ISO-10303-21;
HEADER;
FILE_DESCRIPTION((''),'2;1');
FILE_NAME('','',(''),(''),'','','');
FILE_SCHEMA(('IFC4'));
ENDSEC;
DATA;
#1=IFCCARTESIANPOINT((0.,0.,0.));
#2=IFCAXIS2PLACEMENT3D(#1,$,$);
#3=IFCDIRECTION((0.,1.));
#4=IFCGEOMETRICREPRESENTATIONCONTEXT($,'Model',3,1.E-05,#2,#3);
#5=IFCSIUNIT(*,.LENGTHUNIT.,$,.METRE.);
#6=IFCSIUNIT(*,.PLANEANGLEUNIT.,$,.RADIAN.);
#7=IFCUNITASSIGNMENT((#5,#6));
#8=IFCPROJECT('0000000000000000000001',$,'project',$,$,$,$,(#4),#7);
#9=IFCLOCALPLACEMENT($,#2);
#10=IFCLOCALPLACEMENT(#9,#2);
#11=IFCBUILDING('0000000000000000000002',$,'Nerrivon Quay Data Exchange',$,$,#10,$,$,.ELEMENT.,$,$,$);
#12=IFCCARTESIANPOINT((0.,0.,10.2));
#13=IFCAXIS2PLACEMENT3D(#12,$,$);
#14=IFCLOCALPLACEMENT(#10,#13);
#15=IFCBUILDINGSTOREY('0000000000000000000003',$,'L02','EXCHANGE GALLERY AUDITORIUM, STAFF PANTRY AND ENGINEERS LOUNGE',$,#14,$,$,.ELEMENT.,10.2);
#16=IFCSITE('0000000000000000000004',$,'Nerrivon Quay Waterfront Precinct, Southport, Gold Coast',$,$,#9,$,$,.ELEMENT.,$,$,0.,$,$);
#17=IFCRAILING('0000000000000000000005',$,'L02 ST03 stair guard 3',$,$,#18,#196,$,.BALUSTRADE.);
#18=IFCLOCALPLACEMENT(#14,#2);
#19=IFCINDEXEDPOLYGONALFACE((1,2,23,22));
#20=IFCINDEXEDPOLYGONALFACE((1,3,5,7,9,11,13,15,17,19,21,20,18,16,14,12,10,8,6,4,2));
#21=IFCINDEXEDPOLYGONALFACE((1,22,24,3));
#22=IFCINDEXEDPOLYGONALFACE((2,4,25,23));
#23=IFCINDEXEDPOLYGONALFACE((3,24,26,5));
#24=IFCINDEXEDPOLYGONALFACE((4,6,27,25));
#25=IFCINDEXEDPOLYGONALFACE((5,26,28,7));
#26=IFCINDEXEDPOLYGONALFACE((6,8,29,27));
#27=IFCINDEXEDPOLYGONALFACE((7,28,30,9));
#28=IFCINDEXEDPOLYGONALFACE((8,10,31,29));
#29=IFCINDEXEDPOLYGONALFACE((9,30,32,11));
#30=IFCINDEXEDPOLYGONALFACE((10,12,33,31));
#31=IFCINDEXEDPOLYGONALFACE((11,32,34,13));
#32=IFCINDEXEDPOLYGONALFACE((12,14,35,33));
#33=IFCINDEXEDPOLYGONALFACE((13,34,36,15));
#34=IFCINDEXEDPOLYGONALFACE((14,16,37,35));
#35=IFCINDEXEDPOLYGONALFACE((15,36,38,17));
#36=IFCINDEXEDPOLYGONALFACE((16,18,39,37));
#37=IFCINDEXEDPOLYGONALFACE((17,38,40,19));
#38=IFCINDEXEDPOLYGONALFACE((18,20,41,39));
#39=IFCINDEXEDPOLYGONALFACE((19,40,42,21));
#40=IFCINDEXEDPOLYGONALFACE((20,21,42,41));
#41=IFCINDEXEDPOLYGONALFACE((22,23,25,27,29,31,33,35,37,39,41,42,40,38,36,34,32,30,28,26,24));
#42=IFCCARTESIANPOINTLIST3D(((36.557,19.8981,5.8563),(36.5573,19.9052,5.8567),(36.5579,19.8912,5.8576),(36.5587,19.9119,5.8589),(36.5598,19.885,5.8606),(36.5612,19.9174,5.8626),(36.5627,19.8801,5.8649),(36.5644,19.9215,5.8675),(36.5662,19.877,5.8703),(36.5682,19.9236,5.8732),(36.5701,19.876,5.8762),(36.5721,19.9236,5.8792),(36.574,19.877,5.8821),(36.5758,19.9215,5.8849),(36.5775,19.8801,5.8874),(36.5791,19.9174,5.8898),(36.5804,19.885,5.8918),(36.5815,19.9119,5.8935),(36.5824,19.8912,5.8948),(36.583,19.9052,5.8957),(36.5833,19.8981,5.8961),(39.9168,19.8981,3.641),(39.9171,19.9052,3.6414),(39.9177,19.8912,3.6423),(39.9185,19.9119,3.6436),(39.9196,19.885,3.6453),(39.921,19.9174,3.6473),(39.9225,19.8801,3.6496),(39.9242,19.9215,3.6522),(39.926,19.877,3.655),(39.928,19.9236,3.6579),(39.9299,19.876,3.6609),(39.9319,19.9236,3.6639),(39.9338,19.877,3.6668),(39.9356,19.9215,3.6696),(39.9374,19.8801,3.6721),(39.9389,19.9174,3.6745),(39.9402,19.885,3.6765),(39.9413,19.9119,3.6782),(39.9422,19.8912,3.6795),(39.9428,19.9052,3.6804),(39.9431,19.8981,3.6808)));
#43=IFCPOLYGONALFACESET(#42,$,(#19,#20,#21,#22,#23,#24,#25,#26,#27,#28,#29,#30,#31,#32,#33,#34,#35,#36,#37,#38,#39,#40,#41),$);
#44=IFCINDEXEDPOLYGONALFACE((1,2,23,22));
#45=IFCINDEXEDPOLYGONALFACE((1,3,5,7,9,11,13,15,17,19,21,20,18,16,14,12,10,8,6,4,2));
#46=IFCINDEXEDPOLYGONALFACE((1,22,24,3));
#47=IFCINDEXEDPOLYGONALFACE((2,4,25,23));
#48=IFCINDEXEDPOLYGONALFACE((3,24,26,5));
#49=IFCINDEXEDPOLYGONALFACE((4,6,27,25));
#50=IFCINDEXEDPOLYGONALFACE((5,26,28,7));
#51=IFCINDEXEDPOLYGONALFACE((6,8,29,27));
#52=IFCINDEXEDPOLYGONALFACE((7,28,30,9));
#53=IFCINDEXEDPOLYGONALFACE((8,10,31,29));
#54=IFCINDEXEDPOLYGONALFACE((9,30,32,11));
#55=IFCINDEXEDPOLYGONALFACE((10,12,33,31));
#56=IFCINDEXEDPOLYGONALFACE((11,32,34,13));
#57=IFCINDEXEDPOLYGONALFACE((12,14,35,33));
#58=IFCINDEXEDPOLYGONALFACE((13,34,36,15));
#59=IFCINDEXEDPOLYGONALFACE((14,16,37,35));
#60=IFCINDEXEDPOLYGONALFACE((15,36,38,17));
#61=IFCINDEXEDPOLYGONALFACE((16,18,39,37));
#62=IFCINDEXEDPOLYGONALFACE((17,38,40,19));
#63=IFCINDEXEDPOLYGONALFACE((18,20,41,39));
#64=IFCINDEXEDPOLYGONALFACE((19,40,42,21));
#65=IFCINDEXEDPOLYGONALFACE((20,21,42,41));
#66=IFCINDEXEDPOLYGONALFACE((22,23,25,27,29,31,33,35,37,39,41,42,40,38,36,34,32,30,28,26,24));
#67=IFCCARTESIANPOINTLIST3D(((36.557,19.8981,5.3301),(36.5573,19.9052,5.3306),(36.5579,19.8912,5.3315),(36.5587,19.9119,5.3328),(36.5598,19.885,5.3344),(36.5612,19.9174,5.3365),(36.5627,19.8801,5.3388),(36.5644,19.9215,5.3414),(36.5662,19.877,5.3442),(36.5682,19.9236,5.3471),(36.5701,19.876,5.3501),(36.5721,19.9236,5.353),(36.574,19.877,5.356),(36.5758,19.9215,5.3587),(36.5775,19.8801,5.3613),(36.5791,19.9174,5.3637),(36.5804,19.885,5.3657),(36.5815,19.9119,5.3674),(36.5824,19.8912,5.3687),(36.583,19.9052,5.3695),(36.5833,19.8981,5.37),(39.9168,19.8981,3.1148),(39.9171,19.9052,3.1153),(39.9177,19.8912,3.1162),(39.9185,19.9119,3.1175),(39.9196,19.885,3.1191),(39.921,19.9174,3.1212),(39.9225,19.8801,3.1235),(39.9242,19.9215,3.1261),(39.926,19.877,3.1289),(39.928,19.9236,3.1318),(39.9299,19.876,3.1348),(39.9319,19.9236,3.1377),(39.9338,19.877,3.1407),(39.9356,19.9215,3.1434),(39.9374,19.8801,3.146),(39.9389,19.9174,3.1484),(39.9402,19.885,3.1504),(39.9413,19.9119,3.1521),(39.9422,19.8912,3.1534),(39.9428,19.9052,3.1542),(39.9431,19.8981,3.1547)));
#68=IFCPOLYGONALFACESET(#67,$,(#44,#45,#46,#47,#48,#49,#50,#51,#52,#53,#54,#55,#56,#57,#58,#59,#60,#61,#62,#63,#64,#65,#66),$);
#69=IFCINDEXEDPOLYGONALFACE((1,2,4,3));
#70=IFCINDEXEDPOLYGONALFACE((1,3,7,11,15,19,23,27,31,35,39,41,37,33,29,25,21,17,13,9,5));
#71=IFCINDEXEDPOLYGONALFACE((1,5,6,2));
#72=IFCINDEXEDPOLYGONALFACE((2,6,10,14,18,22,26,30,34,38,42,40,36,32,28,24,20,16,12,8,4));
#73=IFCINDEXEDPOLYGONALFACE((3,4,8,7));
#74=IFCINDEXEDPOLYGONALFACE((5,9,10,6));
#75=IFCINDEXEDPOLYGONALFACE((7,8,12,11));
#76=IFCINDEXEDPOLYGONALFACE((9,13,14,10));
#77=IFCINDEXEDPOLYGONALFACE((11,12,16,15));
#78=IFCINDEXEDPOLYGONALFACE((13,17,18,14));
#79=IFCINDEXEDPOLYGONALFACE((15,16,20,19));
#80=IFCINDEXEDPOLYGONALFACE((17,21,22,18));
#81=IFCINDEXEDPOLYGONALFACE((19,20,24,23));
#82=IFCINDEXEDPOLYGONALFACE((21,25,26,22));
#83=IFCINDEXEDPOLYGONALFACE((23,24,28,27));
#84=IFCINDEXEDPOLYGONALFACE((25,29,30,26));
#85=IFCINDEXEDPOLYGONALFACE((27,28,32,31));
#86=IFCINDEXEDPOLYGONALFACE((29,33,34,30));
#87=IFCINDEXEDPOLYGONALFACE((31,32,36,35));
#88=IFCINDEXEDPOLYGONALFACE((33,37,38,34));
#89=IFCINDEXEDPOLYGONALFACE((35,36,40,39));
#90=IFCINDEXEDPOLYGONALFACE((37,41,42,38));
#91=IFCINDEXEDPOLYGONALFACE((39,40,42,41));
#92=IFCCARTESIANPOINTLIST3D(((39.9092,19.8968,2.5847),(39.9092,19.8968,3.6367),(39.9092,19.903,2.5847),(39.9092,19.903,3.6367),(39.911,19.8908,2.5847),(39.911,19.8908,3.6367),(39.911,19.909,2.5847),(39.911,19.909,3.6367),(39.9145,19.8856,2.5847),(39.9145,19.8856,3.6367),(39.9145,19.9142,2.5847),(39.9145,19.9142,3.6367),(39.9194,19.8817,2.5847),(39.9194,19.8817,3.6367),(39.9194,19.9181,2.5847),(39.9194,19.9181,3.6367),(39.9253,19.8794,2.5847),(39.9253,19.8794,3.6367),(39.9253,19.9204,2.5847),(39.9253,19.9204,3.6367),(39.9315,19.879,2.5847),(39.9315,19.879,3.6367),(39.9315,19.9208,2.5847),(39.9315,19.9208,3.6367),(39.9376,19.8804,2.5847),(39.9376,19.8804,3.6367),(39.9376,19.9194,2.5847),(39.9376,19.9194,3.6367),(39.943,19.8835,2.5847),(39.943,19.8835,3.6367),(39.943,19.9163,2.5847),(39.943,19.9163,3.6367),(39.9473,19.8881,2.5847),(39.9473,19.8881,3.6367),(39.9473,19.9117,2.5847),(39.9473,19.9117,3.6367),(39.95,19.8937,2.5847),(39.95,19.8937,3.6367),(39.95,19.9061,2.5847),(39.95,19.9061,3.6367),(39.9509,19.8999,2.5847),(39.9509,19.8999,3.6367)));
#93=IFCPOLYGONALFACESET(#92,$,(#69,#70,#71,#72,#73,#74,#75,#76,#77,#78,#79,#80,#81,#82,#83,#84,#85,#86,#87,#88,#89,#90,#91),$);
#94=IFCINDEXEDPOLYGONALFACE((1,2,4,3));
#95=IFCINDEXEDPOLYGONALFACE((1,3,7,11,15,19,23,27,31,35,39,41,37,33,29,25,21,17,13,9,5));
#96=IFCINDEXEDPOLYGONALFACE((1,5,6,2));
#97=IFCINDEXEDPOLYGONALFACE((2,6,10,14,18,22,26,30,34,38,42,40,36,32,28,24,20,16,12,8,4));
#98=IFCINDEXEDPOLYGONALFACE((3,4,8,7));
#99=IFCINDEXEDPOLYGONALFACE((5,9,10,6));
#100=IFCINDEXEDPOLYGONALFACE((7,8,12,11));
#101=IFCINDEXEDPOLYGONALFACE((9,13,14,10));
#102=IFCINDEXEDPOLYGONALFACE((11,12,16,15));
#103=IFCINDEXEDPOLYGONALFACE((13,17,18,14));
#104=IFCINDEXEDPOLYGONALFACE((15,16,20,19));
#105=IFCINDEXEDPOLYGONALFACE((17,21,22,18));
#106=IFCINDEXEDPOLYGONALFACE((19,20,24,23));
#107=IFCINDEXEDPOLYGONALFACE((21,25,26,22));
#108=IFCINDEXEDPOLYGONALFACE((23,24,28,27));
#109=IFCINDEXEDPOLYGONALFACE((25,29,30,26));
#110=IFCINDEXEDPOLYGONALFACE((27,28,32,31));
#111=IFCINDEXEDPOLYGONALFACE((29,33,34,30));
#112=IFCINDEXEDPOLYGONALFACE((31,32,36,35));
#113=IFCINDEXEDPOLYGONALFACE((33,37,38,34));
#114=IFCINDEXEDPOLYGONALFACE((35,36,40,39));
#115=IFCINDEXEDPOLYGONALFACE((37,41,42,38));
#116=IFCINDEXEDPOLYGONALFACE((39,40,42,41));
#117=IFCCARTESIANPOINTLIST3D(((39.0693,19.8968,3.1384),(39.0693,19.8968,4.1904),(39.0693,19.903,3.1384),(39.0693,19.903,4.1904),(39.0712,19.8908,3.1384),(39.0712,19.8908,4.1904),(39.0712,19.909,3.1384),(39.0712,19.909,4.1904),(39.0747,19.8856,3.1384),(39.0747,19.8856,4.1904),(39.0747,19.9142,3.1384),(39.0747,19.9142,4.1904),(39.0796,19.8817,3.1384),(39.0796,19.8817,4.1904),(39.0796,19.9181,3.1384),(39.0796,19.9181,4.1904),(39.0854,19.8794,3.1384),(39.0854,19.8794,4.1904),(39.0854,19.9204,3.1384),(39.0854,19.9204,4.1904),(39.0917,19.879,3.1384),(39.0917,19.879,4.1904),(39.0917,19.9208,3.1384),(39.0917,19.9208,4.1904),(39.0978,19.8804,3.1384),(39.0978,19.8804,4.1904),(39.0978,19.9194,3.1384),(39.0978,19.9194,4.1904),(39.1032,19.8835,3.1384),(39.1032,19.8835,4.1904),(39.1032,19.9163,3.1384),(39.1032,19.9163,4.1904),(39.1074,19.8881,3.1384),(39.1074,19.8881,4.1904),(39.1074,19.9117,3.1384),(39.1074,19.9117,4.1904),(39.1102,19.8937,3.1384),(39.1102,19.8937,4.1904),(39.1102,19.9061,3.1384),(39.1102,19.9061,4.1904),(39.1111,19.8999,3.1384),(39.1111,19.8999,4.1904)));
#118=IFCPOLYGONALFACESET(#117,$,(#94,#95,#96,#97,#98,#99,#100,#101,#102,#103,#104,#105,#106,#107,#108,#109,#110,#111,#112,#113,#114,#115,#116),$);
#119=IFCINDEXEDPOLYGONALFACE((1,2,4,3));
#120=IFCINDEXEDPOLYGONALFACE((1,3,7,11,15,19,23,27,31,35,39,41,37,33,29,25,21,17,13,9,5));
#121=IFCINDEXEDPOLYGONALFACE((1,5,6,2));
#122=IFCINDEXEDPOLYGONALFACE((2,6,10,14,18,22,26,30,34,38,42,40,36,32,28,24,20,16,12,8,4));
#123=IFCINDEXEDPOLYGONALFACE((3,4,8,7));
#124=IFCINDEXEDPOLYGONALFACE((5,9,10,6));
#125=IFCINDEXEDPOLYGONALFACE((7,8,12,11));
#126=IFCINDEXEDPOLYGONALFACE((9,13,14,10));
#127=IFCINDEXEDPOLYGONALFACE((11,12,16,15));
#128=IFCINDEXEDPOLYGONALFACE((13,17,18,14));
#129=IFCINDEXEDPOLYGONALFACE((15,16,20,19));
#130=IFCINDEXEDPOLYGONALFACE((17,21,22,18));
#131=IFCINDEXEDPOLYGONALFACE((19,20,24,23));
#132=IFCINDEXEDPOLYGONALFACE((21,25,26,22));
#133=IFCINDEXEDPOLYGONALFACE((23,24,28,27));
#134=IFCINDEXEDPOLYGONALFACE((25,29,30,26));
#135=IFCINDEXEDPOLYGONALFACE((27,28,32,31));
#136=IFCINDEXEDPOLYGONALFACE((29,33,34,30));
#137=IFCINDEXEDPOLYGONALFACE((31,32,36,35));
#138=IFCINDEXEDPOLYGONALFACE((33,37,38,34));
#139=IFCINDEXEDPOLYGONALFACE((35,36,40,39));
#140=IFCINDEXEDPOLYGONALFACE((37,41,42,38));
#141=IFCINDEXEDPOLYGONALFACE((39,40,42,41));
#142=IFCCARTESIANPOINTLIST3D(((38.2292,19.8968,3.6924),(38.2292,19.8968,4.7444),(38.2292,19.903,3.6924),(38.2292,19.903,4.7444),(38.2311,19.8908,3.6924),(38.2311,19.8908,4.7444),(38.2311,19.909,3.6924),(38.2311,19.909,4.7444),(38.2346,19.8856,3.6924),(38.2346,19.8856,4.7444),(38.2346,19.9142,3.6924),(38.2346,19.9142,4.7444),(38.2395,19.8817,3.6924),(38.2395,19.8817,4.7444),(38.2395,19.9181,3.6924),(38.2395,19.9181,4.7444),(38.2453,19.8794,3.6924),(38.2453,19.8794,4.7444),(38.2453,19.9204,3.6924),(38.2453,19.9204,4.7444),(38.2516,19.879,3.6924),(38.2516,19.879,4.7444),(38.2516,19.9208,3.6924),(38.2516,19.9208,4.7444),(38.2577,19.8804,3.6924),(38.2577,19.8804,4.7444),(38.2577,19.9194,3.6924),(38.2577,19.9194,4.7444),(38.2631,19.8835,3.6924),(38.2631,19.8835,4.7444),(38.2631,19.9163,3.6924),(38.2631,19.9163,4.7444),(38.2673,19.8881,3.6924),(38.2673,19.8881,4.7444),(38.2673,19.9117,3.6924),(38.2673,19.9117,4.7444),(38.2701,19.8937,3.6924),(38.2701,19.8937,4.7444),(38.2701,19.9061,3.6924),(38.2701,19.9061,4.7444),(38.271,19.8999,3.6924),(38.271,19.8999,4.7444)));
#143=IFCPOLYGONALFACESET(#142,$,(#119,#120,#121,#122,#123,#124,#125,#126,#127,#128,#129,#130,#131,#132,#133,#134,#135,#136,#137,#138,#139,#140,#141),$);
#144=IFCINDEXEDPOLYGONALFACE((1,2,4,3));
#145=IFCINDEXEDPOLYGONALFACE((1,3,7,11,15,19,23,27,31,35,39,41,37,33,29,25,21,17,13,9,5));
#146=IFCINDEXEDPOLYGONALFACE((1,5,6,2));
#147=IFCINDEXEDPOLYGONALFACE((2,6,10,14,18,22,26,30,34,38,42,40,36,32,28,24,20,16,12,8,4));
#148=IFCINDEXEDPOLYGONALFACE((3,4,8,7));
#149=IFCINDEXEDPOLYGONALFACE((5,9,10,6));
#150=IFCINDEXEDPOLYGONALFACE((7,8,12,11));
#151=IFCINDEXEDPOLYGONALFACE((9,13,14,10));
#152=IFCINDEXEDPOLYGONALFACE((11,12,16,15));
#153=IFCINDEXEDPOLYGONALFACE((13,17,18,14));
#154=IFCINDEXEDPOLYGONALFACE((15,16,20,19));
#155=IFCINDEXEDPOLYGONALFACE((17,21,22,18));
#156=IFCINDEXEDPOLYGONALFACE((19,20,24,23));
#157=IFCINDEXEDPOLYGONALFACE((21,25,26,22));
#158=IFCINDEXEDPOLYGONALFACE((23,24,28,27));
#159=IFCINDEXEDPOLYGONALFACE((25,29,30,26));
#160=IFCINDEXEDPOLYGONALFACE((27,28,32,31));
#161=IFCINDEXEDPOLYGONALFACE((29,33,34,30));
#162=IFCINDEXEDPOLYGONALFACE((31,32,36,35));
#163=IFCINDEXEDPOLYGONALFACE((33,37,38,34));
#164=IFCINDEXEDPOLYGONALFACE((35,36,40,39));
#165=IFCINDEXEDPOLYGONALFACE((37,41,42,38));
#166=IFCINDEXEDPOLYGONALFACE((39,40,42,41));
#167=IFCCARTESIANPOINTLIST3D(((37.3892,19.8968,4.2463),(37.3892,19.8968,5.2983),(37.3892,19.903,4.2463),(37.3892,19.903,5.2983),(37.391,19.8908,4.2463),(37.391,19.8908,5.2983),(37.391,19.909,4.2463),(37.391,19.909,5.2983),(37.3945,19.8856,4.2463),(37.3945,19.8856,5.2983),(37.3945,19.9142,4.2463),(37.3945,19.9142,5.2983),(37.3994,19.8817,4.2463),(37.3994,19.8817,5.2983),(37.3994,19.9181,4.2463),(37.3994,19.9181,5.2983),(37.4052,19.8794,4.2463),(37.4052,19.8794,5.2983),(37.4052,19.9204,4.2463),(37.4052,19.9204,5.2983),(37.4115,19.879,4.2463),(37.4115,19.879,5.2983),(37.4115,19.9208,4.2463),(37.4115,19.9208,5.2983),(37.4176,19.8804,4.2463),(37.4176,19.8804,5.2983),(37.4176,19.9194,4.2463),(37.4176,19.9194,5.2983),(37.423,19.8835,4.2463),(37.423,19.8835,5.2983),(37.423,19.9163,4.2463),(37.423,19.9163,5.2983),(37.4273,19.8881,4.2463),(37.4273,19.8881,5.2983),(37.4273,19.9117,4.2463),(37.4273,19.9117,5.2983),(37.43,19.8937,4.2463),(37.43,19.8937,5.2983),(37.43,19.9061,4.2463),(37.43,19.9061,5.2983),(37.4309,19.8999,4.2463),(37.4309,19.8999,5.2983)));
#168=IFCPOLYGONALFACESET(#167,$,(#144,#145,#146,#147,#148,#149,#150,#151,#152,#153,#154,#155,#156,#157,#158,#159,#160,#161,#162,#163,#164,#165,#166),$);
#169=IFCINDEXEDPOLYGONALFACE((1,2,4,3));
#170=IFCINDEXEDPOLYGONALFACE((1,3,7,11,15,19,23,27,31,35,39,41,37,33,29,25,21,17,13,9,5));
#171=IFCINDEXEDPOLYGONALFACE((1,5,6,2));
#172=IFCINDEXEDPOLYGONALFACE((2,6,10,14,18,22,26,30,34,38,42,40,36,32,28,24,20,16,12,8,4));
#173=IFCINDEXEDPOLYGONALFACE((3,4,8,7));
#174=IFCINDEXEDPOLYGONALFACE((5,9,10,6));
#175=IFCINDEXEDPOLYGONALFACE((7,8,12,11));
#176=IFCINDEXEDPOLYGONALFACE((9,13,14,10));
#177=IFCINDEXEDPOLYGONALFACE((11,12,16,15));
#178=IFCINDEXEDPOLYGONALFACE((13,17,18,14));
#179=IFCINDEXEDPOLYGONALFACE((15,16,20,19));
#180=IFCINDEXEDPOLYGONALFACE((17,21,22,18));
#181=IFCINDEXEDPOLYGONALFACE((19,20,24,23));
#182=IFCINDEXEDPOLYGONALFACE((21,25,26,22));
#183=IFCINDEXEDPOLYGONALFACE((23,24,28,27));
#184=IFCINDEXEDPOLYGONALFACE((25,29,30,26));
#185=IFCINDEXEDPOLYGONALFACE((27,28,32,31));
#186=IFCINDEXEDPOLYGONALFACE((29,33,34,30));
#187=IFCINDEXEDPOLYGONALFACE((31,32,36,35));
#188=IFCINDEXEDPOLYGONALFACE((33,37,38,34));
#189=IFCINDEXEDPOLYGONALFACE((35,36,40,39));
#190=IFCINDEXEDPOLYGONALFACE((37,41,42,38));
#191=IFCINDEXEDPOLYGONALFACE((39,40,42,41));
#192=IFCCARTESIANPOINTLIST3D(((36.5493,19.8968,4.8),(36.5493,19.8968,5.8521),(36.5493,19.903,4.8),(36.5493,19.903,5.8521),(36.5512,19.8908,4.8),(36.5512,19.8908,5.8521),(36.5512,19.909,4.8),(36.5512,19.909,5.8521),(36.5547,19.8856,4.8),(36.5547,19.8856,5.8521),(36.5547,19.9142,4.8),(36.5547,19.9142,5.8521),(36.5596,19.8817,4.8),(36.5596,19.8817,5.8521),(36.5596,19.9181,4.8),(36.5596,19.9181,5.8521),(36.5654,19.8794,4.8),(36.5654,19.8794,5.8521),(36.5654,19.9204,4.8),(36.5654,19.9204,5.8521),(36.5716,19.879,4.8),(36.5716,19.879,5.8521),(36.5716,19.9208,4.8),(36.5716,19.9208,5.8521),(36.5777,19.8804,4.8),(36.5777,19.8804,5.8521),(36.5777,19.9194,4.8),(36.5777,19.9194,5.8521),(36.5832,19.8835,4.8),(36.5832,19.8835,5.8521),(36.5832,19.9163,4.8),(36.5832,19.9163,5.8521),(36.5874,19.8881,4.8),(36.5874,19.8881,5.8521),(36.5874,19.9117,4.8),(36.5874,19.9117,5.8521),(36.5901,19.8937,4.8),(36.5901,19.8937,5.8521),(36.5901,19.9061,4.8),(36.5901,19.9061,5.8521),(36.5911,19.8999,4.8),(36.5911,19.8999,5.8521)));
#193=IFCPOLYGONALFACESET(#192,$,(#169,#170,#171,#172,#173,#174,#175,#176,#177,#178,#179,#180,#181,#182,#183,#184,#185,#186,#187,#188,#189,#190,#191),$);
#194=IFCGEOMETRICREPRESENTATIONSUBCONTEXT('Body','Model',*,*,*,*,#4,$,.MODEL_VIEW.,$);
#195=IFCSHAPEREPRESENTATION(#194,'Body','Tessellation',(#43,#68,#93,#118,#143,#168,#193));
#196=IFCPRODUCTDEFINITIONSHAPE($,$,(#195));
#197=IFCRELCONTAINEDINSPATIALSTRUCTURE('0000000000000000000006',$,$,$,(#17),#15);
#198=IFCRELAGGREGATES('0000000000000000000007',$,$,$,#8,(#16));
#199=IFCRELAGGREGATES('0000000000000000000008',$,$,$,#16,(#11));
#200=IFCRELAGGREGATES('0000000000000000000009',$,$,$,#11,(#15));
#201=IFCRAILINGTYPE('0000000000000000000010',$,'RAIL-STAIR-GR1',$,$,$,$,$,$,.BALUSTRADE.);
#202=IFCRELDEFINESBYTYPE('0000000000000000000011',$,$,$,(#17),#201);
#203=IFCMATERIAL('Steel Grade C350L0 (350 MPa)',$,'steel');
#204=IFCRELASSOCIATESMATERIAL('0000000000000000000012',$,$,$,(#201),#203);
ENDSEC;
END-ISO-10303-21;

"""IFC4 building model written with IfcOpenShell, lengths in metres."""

from ifc_helpers import new_model, si_unit, direction, frame, origin, origin_2d, place, context, subcontext, project, spatial, circle, extrude, material, type_object, element, save


model = new_model("IFC4")

# Units and contexts
model_context = context("Model", 3, precision=1e-05, world=origin(), true_north=direction((0.0, 1.0)))
body_context = subcontext(model_context, "Body", "Model", "MODEL_VIEW")
ifc_project = project(units=[si_unit("LENGTHUNIT", "METRE"), si_unit("PLANEANGLEUNIT", "RADIAN")], contexts=[model_context])

# Site, building, storey
site_placement = place(None, origin())
site = spatial("IfcSite", under=ifc_project, at=site_placement, Name="Nerrivon Quay Waterfront Precinct, Southport, Gold Coast", CompositionType="ELEMENT", RefElevation=0.0)
building_placement = place(site_placement, origin())
building = spatial("IfcBuilding", under=site, at=building_placement, Name="Nerrivon Quay Data Exchange", CompositionType="ELEMENT")
storey_placement = place(building_placement, frame((0.0, 0.0, 10.2)))
storey = spatial("IfcBuildingStorey", under=building, at=storey_placement, Name="L02", Description="EXCHANGE GALLERY AUDITORIUM, STAFF PANTRY AND ENGINEERS LOUNGE", CompositionType="ELEMENT", Elevation=10.2)

# Railing
ifc_material_1 = material(Name="Steel Grade C350L0 (350 MPa)", Category="steel")
railing_type_1 = type_object("IfcRailingType", Name="RAIL-STAIR-GR1", PredefinedType="BALUSTRADE", material=ifc_material_1)
railing_1_placement = place(storey_placement, frame((39.9299, 19.8999, 2.5847)))
element("IfcRailing", 1, at=railing_1_placement, inside=storey, type_object=railing_type_1, Name="L02 ST03 stair guard 3", PredefinedType="BALUSTRADE", context=body_context, shape_type="SweptSolid", body=[
    extrude(circle(Radius=0.0239, at=origin_2d()), frame((0.0, 0.0, 1.0762), z_axis=(-0.834858, 0.0, 0.550465), x_axis=(0.0, -1.0, 0.0)), (0.0, 0.0, 1.0), 4.0244),
    extrude(circle(Radius=0.0239, at=origin_2d()), frame((0.0, 0.0, 0.55), z_axis=(-0.834858, 0.0, 0.550465), x_axis=(0.0, -1.0, 0.0)), (0.0, 0.0, 1.0), 4.0244),
    extrude(circle(Radius=0.021, at=origin_2d()), origin(), (0.0, 0.0, 1.0), 1.052),
    extrude(circle(Radius=0.021, at=origin_2d()), frame((-0.8398, 0.0, 0.5537)), (0.0, 0.0, 1.0), 1.052),
    extrude(circle(Radius=0.021, at=origin_2d()), frame((-1.6799, 0.0, 1.1077)), (0.0, 0.0, 1.0), 1.052),
    extrude(circle(Radius=0.021, at=origin_2d()), frame((-2.52, 0.0, 1.6616)), (0.0, 0.0, 1.0), 1.052),
    extrude(circle(Radius=0.021, at=origin_2d()), frame((-3.3599, 0.0, 2.2153)), (0.0, 0.0, 1.0), 1.052),
])

save(model, "model.ifc")
